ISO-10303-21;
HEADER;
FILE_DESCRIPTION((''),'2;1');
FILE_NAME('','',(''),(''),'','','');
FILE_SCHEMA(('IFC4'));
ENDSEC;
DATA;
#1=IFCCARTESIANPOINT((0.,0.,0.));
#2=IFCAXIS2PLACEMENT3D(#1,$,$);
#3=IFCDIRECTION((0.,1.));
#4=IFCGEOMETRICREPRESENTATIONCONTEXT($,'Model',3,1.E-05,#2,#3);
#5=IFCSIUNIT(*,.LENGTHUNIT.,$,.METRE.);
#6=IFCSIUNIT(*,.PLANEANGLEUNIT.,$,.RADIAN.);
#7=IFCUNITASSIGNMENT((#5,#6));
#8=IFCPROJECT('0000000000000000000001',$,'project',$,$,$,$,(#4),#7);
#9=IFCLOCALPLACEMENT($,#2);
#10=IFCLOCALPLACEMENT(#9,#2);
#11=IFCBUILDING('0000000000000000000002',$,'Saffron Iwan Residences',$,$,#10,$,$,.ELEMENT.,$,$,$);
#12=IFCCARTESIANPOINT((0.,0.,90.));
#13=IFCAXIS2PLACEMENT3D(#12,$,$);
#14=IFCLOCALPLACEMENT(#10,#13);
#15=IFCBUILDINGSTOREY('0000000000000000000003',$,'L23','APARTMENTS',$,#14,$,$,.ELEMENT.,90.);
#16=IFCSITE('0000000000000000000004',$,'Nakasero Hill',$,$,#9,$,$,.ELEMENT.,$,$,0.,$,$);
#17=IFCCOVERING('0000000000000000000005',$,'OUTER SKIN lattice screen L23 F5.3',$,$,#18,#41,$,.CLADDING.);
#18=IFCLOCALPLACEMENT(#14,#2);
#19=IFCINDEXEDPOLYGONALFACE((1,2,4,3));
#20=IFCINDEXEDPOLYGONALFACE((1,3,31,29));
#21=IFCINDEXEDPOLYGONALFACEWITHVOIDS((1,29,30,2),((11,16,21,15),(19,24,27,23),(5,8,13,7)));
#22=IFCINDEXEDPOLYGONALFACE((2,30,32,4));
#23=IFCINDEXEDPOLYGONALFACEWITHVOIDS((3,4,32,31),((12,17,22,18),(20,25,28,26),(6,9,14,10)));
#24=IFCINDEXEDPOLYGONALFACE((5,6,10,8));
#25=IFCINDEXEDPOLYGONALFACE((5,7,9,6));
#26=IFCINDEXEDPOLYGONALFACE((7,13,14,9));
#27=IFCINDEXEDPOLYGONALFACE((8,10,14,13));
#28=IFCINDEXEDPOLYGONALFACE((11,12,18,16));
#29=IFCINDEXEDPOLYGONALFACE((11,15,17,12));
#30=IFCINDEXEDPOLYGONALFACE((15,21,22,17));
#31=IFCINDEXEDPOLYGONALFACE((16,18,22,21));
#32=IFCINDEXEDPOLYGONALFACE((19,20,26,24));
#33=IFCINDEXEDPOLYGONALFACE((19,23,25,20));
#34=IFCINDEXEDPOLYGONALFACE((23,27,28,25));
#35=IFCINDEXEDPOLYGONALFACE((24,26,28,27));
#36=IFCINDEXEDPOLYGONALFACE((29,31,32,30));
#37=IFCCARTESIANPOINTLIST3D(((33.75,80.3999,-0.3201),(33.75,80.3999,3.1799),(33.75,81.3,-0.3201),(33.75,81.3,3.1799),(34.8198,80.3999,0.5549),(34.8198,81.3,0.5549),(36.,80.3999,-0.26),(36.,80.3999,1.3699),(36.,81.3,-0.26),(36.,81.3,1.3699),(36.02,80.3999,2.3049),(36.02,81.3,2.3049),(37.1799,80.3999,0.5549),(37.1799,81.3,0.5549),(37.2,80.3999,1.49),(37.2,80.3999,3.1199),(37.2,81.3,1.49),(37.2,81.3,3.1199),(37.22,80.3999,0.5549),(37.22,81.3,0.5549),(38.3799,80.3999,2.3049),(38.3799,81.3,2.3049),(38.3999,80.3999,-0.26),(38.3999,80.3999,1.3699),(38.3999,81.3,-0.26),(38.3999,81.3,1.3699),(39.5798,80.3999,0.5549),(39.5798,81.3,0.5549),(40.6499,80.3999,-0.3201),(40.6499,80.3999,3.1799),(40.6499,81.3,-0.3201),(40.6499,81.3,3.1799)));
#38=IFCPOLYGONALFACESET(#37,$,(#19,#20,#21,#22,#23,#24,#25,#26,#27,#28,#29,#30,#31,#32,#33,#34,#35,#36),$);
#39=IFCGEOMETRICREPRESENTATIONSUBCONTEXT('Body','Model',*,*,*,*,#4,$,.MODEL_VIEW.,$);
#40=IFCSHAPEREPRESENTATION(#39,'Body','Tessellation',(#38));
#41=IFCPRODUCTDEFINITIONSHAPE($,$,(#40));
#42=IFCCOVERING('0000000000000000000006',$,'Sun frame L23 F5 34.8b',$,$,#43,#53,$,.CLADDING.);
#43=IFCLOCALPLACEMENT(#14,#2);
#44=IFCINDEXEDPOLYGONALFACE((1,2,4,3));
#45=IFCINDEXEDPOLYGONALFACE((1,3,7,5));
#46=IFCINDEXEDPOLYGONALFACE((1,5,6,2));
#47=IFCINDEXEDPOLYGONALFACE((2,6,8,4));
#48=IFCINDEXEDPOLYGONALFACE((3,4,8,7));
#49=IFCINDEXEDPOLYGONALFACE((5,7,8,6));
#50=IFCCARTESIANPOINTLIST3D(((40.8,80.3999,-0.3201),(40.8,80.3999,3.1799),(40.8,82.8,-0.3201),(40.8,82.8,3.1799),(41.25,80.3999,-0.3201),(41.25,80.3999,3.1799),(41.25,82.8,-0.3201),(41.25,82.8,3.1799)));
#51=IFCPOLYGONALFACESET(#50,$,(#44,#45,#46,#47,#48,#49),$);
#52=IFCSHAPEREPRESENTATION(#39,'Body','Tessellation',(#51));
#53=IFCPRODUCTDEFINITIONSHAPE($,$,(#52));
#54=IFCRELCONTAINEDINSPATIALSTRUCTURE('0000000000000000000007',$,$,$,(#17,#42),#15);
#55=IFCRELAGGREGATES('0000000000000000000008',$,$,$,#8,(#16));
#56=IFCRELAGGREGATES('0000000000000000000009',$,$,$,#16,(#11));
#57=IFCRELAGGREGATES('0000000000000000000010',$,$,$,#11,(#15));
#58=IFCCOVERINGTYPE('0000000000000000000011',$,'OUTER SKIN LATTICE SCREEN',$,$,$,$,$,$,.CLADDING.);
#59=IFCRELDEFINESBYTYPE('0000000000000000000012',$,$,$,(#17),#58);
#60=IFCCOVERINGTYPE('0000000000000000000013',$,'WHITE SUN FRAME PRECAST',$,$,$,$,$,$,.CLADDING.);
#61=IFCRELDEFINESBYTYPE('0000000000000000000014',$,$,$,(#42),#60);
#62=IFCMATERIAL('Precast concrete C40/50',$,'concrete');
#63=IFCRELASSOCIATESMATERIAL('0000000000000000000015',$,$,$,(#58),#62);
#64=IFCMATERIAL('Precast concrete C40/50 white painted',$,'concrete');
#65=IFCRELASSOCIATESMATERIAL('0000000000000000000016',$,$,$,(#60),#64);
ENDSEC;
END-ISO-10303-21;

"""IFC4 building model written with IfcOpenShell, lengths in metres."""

from ifc_helpers import new_model, si_unit, direction, frame, origin, place, context, subcontext, project, spatial, polyline, outline, extrude, material, type_object, element, save


model = new_model("IFC4")

# Units and contexts
model_context = context("Model", 3, precision=1e-05, world=origin(), true_north=direction((0.0, 1.0)))
body_context = subcontext(model_context, "Body", "Model", "MODEL_VIEW")
ifc_project = project(units=[si_unit("LENGTHUNIT", "METRE"), si_unit("PLANEANGLEUNIT", "RADIAN")], contexts=[model_context])

# Site, building, storey
site_placement = place(None, origin())
site = spatial("IfcSite", under=ifc_project, at=site_placement, Name="Nakasero Hill", CompositionType="ELEMENT", RefElevation=0.0)
building_placement = place(site_placement, origin())
building = spatial("IfcBuilding", under=site, at=building_placement, Name="Saffron Iwan Residences", CompositionType="ELEMENT")
storey_placement = place(building_placement, frame((0.0, 0.0, 90.0)))
storey = spatial("IfcBuildingStorey", under=building, at=storey_placement, Name="L23", Description="APARTMENTS", CompositionType="ELEMENT", Elevation=90.0)

# Coverings
ifc_material_1 = material(Name="Precast concrete C40/50", Category="concrete")
covering_type_1 = type_object("IfcCoveringType", Name="OUTER SKIN LATTICE SCREEN", PredefinedType="CLADDING", material=ifc_material_1)
covering_1_placement = place(storey_placement, frame((40.6499, 80.3999, -0.3201), z_axis=(0.0, 1.0, 0.0), x_axis=(-1.0, 0.0, 0.0)))
element("IfcCovering", 1, at=covering_1_placement, inside=storey, type_object=covering_type_1, Name="OUTER SKIN lattice screen L23 F5.3", PredefinedType="CLADDING", context=body_context, shape_type="SweptSolid", body=[
    extrude(outline(polyline([(0.0, 0.0), (6.8999, 0.0), (6.8999, 3.5), (0.0, 3.5), (0.0, 0.0)]), holes=[polyline([(1.0701, 0.875), (2.25, 0.0601), (3.4299, 0.875), (2.25, 1.6899), (1.0701, 0.875)]), polyline([(3.47, 0.875), (4.6499, 0.0601), (5.8301, 0.875), (4.6499, 1.6899), (3.47, 0.875)]), polyline([(2.27, 2.625), (3.45, 1.8101), (4.6299, 2.625), (3.45, 3.4399), (2.27, 2.625)])]), origin(), (0.0, 0.0, 1.0), 0.9001),
])
ifc_material_2 = material(Name="Precast concrete C40/50 white painted", Category="concrete")
covering_type_2 = type_object("IfcCoveringType", Name="WHITE SUN FRAME PRECAST", PredefinedType="CLADDING", material=ifc_material_2)
covering_2_placement = place(storey_placement, frame((41.25, 80.3999, -0.3201), z_axis=(0.0, 1.0, 0.0), x_axis=(-1.0, 0.0, 0.0)))
element("IfcCovering", 2, at=covering_2_placement, inside=storey, type_object=covering_type_2, Name="Sun frame L23 F5 34.8b", PredefinedType="CLADDING", context=body_context, shape_type="SweptSolid", body=[
    extrude(outline(polyline([(0.0, 0.0), (0.45, 0.0), (0.45, 3.5), (0.0, 3.5), (0.0, 0.0)])), origin(), (0.0, 0.0, 1.0), 2.4001),
])

save(model, "model.ifc")
